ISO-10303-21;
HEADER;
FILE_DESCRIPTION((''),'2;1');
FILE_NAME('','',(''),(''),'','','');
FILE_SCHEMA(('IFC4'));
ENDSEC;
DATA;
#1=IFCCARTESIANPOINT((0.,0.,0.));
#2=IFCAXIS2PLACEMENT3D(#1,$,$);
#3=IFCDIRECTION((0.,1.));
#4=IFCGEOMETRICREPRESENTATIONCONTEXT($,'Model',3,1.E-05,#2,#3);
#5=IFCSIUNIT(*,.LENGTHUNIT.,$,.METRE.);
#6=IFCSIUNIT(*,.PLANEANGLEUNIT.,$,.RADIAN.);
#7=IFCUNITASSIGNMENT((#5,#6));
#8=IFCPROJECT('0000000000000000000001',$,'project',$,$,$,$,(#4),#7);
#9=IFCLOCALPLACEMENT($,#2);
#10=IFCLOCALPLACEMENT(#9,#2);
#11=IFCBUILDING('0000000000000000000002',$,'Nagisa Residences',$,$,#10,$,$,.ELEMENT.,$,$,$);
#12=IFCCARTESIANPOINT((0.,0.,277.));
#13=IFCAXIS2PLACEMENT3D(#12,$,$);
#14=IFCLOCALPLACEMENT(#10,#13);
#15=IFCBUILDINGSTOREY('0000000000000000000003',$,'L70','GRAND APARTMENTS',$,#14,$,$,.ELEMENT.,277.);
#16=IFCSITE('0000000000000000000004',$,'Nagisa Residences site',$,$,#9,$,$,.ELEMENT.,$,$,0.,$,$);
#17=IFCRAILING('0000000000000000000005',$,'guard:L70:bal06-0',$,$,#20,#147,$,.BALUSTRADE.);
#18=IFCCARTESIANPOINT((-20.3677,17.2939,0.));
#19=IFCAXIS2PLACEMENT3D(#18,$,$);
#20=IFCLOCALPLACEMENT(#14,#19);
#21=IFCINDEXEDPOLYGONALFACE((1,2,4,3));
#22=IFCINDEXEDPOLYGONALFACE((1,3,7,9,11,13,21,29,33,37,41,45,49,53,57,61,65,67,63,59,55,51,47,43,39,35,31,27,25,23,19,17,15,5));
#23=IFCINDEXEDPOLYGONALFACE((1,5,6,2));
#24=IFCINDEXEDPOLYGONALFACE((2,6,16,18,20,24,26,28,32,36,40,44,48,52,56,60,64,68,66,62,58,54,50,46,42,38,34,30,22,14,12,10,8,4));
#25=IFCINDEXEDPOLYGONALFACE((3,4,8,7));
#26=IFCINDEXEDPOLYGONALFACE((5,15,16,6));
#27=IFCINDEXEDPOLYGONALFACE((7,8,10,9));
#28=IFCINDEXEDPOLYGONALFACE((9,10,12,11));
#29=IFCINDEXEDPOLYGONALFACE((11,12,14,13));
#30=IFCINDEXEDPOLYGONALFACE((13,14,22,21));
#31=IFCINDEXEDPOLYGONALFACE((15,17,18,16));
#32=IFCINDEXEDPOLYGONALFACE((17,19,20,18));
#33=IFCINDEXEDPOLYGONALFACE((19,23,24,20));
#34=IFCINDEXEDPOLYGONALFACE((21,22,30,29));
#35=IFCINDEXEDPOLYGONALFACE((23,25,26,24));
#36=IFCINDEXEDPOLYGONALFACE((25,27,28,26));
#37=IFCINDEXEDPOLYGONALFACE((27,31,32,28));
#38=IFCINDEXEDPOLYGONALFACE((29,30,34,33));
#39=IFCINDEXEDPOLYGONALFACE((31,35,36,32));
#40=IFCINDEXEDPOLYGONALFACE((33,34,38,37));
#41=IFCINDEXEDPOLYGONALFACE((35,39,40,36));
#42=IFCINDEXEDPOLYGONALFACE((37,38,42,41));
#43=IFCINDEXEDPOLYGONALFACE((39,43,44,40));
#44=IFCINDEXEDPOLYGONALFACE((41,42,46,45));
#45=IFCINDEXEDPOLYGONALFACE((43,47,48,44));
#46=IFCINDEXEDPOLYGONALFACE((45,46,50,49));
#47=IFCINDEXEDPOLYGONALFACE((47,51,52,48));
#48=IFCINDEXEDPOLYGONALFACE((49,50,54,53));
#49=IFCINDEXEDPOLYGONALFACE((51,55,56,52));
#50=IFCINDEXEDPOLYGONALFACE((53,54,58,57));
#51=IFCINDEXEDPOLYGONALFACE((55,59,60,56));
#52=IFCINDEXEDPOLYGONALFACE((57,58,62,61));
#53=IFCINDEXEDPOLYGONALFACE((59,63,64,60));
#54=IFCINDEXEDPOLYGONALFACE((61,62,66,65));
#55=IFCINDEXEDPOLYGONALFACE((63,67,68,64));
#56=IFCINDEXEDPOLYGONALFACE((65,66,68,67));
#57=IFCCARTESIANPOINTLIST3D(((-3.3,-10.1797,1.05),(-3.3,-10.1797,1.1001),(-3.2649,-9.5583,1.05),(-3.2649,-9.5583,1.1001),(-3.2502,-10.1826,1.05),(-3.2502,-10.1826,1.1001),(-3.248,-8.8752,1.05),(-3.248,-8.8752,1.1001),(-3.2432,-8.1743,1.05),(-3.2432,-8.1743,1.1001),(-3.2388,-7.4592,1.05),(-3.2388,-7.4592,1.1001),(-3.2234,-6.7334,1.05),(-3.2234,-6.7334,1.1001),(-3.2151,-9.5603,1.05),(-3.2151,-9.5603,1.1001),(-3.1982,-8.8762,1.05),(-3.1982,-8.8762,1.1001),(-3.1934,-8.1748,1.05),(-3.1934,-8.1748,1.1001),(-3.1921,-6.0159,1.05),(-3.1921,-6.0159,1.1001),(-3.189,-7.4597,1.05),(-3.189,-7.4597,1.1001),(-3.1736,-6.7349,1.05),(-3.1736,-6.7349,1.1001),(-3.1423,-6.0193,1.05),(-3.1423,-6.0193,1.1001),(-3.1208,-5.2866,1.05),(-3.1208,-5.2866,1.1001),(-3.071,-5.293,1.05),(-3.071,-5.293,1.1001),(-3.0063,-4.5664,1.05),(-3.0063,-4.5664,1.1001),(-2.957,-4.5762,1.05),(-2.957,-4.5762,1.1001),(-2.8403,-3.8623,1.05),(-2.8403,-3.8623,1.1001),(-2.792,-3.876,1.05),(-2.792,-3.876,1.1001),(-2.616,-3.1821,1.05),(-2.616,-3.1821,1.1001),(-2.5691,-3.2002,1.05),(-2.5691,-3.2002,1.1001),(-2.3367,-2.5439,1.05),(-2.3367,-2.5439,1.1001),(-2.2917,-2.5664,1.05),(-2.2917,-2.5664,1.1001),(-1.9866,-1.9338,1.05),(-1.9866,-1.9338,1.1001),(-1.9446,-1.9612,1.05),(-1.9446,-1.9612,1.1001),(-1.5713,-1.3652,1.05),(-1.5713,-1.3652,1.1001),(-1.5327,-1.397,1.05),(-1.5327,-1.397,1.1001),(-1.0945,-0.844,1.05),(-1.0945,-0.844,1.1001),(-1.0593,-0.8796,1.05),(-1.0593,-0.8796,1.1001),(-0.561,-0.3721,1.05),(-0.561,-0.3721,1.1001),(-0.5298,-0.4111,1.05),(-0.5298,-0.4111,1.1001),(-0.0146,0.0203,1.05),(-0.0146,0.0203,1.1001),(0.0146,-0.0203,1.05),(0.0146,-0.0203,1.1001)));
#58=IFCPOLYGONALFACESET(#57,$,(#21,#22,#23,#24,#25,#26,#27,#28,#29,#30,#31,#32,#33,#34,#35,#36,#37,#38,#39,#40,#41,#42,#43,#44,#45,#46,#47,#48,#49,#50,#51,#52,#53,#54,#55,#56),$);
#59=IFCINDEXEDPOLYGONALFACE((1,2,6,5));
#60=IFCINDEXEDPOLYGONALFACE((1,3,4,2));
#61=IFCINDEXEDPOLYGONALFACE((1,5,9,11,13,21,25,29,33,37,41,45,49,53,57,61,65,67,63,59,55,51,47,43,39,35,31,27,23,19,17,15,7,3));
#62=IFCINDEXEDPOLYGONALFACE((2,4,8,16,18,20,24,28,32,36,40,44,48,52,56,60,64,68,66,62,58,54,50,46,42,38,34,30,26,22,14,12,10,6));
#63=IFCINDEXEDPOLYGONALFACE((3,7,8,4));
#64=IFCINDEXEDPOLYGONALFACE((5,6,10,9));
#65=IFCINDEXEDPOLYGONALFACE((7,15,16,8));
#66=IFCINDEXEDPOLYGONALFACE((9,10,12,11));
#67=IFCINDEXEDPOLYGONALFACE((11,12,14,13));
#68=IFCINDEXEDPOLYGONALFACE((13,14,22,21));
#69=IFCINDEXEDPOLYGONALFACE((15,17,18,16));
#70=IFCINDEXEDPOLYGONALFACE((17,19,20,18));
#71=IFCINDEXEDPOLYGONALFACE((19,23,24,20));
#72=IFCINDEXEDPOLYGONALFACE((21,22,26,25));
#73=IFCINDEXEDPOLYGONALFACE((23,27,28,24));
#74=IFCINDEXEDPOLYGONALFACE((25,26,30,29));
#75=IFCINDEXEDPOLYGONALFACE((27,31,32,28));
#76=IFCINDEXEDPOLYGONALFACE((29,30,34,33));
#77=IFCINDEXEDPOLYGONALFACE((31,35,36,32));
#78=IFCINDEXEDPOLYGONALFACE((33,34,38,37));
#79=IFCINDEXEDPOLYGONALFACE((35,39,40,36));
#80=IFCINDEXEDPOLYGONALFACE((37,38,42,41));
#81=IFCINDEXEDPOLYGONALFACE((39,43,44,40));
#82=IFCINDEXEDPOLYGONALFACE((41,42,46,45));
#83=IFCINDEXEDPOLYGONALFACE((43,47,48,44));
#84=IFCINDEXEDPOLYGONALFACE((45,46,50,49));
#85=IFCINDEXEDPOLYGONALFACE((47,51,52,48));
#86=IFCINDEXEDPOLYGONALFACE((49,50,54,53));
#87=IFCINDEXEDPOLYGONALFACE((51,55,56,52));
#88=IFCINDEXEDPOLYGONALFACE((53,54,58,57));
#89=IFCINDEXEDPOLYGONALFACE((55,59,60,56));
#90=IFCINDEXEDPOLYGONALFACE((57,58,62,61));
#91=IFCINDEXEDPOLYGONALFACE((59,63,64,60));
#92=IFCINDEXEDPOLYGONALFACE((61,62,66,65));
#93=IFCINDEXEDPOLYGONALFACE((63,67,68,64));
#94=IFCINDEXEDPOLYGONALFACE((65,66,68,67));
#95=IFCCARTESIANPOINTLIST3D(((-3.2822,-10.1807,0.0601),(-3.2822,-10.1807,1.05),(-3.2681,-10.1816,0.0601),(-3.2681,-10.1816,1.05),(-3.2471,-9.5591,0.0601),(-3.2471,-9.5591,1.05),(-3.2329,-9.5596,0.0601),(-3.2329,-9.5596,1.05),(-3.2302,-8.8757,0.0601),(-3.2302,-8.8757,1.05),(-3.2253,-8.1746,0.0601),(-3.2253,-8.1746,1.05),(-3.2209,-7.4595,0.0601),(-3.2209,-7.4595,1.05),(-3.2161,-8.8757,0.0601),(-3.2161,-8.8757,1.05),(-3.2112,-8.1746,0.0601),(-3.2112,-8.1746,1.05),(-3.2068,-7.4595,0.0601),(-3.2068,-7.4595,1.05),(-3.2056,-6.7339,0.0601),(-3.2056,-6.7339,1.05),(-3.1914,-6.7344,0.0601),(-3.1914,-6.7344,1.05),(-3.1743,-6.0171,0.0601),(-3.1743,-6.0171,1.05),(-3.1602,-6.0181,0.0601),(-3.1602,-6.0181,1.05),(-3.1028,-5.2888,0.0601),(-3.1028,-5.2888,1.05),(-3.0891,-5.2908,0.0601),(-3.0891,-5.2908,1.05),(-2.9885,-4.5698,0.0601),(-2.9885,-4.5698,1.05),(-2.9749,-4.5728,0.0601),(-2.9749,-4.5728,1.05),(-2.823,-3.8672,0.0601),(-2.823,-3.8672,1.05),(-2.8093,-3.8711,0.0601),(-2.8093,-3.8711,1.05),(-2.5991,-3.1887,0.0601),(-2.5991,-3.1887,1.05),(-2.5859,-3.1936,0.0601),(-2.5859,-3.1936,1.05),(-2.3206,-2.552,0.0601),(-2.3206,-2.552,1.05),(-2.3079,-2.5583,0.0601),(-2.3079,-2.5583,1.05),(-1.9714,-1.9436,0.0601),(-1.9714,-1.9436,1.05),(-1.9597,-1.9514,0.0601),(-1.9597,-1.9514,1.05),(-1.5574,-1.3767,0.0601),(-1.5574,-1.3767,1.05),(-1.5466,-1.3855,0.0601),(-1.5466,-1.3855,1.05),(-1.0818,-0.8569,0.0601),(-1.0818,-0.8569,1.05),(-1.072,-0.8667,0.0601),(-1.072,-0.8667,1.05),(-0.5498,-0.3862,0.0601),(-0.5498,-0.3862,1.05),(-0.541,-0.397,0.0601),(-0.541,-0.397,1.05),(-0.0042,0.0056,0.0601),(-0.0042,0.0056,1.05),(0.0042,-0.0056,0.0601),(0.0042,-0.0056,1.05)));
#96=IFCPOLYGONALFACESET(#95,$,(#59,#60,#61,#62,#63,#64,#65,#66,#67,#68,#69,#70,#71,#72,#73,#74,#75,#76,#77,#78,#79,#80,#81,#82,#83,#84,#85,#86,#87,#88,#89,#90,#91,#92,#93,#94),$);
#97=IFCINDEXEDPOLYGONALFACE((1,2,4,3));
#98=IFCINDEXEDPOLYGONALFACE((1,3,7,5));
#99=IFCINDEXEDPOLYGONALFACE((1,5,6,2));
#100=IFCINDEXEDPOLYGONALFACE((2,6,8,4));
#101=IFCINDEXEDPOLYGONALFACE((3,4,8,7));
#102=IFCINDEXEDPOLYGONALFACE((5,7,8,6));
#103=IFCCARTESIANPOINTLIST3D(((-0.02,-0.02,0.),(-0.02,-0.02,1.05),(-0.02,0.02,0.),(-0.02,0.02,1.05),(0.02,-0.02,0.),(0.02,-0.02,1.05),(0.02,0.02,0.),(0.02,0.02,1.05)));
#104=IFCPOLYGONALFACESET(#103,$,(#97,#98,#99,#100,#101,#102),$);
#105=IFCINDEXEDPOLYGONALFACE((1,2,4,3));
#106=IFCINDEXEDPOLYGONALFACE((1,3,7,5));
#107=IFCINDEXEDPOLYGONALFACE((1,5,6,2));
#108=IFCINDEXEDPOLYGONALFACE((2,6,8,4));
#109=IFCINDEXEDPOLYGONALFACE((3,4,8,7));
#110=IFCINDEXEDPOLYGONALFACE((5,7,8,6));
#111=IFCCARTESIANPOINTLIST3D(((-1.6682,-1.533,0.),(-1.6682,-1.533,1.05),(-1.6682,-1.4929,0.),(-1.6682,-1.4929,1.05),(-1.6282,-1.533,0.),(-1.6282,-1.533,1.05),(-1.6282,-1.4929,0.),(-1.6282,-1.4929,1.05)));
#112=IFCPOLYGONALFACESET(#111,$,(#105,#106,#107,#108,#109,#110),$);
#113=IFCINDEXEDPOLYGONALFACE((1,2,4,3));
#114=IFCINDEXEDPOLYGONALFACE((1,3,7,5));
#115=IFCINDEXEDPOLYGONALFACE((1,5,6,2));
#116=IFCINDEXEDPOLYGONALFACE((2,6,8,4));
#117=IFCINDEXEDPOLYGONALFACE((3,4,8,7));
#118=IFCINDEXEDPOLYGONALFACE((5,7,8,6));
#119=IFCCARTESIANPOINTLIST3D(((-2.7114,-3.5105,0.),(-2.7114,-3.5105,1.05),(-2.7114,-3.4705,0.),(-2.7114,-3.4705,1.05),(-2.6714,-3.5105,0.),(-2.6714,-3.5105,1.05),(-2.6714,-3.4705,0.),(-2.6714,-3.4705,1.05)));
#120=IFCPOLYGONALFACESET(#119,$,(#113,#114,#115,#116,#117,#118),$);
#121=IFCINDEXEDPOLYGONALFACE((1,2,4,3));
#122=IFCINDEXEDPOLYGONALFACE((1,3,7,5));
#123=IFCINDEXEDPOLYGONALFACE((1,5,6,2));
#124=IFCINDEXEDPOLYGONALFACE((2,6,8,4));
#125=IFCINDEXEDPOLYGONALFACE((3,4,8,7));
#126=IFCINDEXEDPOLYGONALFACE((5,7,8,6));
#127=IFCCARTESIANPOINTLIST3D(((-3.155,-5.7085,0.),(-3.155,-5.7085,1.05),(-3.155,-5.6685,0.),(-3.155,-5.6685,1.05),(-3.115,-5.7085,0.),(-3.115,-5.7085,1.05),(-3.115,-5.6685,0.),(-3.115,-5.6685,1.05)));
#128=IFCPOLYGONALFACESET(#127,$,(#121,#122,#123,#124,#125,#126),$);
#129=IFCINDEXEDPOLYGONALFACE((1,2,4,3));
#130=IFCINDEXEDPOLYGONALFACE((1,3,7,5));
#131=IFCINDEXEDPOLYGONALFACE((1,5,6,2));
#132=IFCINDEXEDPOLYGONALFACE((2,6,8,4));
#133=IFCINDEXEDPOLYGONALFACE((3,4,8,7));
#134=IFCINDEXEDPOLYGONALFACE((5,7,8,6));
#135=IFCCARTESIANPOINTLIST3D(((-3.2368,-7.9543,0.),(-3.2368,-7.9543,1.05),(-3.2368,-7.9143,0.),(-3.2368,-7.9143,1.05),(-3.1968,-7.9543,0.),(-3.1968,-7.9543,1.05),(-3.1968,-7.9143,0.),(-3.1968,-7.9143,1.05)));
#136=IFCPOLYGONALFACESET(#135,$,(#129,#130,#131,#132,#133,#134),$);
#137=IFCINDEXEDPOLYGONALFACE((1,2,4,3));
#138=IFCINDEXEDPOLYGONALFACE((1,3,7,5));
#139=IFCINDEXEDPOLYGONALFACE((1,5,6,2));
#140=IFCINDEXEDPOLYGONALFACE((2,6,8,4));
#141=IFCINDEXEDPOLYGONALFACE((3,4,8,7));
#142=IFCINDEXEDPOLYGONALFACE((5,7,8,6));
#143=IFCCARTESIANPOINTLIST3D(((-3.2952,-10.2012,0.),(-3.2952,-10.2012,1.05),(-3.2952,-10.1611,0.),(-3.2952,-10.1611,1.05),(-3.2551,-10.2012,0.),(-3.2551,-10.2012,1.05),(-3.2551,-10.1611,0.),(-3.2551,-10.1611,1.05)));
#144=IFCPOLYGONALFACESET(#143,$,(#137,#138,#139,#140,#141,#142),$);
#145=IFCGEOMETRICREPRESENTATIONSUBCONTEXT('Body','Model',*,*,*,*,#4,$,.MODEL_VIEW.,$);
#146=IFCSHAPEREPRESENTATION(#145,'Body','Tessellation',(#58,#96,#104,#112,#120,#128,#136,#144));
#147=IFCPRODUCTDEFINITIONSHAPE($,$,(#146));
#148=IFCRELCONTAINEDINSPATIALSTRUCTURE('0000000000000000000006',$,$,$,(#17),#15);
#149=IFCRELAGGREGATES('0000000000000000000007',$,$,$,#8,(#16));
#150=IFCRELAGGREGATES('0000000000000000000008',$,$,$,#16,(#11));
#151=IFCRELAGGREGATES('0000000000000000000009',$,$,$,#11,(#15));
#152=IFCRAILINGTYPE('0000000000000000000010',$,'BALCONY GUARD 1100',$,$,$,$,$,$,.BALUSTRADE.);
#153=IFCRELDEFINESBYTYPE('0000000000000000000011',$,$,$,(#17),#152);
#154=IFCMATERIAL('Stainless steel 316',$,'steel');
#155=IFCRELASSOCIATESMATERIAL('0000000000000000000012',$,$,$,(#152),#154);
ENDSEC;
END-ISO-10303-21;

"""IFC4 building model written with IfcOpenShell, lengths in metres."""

from ifc_helpers import new_model, si_unit, direction, frame, origin, origin_2d, place, context, subcontext, project, spatial, polyline, rectangle, outline, extrude, material, type_object, element, save


model = new_model("IFC4")

# Units and contexts
model_context = context("Model", 3, precision=1e-05, world=origin(), true_north=direction((0.0, 1.0)))
body_context = subcontext(model_context, "Body", "Model", "MODEL_VIEW")
ifc_project = project(units=[si_unit("LENGTHUNIT", "METRE"), si_unit("PLANEANGLEUNIT", "RADIAN")], contexts=[model_context])

# Site, building, storey
site_placement = place(None, origin())
site = spatial("IfcSite", under=ifc_project, at=site_placement, Name="Nagisa Residences site", CompositionType="ELEMENT", RefElevation=0.0)
building_placement = place(site_placement, origin())
building = spatial("IfcBuilding", under=site, at=building_placement, Name="Nagisa Residences", CompositionType="ELEMENT")
storey_placement = place(building_placement, frame((0.0, 0.0, 277.0)))
storey = spatial("IfcBuildingStorey", under=building, at=storey_placement, Name="L70", Description="GRAND APARTMENTS", CompositionType="ELEMENT", Elevation=277.0)

# Railing
ifc_material_1 = material(Name="Stainless steel 316", Category="steel")
railing_type = type_object("IfcRailingType", Name="BALCONY GUARD 1100", PredefinedType="BALUSTRADE", material=ifc_material_1)
railing_1_placement = place(storey_placement, frame((-20.3677, 17.2939, 0.0)))
element("IfcRailing", 1, at=railing_1_placement, inside=storey, type_object=railing_type, Name="guard:L70:bal06-0", PredefinedType="BALUSTRADE", context=body_context, shape_type="SweptSolid", body=[
    extrude(outline(polyline([(-0.5298, -0.4111), (0.0146, -0.0203), (-0.0146, 0.0203), (-0.561, -0.3721), (-1.0945, -0.844), (-1.5713, -1.3652), (-1.9866, -1.9338), (-2.3367, -2.5439), (-2.616, -3.1821), (-2.8403, -3.8623), (-3.0063, -4.5664), (-3.1208, -5.2866), (-3.1921, -6.0159), (-3.2234, -6.7334), (-3.2388, -7.4592), (-3.2432, -8.1743), (-3.248, -8.8752), (-3.2649, -9.5583), (-3.3, -10.1797), (-3.2502, -10.1826), (-3.2151, -9.5603), (-3.1982, -8.8762), (-3.1934, -8.1748), (-3.189, -7.4597), (-3.1736, -6.7349), (-3.1423, -6.0193), (-3.071, -5.293), (-2.957, -4.5762), (-2.792, -3.876), (-2.5691, -3.2002), (-2.2917, -2.5664), (-1.9446, -1.9612), (-1.5327, -1.397), (-1.0593, -0.8796), (-0.5298, -0.4111)])), frame((0.0, 0.0, 1.05)), (0.0, 0.0, 1.0), 0.05),
    extrude(outline(polyline([(-0.541, -0.397), (0.0042, -0.0056), (-0.0042, 0.0056), (-0.5498, -0.3862), (-1.0818, -0.8569), (-1.5574, -1.3767), (-1.9714, -1.9436), (-2.3206, -2.552), (-2.5991, -3.1887), (-2.823, -3.8672), (-2.9885, -4.5698), (-3.1028, -5.2888), (-3.1743, -6.0171), (-3.2056, -6.7339), (-3.2209, -7.4595), (-3.2253, -8.1746), (-3.2302, -8.8757), (-3.2471, -9.5591), (-3.2822, -10.1807), (-3.2681, -10.1816), (-3.2329, -9.5596), (-3.2161, -8.8757), (-3.2112, -8.1746), (-3.2068, -7.4595), (-3.1914, -6.7344), (-3.1602, -6.0181), (-3.0891, -5.2908), (-2.9749, -4.5728), (-2.8093, -3.8711), (-2.5859, -3.1936), (-2.3079, -2.5583), (-1.9597, -1.9514), (-1.5466, -1.3855), (-1.072, -0.8667), (-0.541, -0.397)])), frame((0.0, 0.0, 0.0601)), (0.0, 0.0, 1.0), 0.99),
    extrude(rectangle(XDim=0.04, YDim=0.04, at=origin_2d()), origin(), (0.0, 0.0, 1.0), 1.05),
    extrude(rectangle(XDim=0.04, YDim=0.04, at=origin_2d()), frame((-1.6482, -1.5129, 0.0)), (0.0, 0.0, 1.0), 1.05),
    extrude(rectangle(XDim=0.04, YDim=0.04, at=origin_2d()), frame((-2.6914, -3.4905, 0.0)), (0.0, 0.0, 1.0), 1.05),
    extrude(rectangle(XDim=0.04, YDim=0.04, at=origin_2d()), frame((-3.135, -5.6885, 0.0)), (0.0, 0.0, 1.0), 1.05),
    extrude(rectangle(XDim=0.04, YDim=0.04, at=origin_2d()), frame((-3.2168, -7.9343, 0.0)), (0.0, 0.0, 1.0), 1.05),
    extrude(rectangle(XDim=0.04, YDim=0.04, at=origin_2d()), frame((-3.2751, -10.1812, 0.0)), (0.0, 0.0, 1.0), 1.05),
])

save(model, "model.ifc")
